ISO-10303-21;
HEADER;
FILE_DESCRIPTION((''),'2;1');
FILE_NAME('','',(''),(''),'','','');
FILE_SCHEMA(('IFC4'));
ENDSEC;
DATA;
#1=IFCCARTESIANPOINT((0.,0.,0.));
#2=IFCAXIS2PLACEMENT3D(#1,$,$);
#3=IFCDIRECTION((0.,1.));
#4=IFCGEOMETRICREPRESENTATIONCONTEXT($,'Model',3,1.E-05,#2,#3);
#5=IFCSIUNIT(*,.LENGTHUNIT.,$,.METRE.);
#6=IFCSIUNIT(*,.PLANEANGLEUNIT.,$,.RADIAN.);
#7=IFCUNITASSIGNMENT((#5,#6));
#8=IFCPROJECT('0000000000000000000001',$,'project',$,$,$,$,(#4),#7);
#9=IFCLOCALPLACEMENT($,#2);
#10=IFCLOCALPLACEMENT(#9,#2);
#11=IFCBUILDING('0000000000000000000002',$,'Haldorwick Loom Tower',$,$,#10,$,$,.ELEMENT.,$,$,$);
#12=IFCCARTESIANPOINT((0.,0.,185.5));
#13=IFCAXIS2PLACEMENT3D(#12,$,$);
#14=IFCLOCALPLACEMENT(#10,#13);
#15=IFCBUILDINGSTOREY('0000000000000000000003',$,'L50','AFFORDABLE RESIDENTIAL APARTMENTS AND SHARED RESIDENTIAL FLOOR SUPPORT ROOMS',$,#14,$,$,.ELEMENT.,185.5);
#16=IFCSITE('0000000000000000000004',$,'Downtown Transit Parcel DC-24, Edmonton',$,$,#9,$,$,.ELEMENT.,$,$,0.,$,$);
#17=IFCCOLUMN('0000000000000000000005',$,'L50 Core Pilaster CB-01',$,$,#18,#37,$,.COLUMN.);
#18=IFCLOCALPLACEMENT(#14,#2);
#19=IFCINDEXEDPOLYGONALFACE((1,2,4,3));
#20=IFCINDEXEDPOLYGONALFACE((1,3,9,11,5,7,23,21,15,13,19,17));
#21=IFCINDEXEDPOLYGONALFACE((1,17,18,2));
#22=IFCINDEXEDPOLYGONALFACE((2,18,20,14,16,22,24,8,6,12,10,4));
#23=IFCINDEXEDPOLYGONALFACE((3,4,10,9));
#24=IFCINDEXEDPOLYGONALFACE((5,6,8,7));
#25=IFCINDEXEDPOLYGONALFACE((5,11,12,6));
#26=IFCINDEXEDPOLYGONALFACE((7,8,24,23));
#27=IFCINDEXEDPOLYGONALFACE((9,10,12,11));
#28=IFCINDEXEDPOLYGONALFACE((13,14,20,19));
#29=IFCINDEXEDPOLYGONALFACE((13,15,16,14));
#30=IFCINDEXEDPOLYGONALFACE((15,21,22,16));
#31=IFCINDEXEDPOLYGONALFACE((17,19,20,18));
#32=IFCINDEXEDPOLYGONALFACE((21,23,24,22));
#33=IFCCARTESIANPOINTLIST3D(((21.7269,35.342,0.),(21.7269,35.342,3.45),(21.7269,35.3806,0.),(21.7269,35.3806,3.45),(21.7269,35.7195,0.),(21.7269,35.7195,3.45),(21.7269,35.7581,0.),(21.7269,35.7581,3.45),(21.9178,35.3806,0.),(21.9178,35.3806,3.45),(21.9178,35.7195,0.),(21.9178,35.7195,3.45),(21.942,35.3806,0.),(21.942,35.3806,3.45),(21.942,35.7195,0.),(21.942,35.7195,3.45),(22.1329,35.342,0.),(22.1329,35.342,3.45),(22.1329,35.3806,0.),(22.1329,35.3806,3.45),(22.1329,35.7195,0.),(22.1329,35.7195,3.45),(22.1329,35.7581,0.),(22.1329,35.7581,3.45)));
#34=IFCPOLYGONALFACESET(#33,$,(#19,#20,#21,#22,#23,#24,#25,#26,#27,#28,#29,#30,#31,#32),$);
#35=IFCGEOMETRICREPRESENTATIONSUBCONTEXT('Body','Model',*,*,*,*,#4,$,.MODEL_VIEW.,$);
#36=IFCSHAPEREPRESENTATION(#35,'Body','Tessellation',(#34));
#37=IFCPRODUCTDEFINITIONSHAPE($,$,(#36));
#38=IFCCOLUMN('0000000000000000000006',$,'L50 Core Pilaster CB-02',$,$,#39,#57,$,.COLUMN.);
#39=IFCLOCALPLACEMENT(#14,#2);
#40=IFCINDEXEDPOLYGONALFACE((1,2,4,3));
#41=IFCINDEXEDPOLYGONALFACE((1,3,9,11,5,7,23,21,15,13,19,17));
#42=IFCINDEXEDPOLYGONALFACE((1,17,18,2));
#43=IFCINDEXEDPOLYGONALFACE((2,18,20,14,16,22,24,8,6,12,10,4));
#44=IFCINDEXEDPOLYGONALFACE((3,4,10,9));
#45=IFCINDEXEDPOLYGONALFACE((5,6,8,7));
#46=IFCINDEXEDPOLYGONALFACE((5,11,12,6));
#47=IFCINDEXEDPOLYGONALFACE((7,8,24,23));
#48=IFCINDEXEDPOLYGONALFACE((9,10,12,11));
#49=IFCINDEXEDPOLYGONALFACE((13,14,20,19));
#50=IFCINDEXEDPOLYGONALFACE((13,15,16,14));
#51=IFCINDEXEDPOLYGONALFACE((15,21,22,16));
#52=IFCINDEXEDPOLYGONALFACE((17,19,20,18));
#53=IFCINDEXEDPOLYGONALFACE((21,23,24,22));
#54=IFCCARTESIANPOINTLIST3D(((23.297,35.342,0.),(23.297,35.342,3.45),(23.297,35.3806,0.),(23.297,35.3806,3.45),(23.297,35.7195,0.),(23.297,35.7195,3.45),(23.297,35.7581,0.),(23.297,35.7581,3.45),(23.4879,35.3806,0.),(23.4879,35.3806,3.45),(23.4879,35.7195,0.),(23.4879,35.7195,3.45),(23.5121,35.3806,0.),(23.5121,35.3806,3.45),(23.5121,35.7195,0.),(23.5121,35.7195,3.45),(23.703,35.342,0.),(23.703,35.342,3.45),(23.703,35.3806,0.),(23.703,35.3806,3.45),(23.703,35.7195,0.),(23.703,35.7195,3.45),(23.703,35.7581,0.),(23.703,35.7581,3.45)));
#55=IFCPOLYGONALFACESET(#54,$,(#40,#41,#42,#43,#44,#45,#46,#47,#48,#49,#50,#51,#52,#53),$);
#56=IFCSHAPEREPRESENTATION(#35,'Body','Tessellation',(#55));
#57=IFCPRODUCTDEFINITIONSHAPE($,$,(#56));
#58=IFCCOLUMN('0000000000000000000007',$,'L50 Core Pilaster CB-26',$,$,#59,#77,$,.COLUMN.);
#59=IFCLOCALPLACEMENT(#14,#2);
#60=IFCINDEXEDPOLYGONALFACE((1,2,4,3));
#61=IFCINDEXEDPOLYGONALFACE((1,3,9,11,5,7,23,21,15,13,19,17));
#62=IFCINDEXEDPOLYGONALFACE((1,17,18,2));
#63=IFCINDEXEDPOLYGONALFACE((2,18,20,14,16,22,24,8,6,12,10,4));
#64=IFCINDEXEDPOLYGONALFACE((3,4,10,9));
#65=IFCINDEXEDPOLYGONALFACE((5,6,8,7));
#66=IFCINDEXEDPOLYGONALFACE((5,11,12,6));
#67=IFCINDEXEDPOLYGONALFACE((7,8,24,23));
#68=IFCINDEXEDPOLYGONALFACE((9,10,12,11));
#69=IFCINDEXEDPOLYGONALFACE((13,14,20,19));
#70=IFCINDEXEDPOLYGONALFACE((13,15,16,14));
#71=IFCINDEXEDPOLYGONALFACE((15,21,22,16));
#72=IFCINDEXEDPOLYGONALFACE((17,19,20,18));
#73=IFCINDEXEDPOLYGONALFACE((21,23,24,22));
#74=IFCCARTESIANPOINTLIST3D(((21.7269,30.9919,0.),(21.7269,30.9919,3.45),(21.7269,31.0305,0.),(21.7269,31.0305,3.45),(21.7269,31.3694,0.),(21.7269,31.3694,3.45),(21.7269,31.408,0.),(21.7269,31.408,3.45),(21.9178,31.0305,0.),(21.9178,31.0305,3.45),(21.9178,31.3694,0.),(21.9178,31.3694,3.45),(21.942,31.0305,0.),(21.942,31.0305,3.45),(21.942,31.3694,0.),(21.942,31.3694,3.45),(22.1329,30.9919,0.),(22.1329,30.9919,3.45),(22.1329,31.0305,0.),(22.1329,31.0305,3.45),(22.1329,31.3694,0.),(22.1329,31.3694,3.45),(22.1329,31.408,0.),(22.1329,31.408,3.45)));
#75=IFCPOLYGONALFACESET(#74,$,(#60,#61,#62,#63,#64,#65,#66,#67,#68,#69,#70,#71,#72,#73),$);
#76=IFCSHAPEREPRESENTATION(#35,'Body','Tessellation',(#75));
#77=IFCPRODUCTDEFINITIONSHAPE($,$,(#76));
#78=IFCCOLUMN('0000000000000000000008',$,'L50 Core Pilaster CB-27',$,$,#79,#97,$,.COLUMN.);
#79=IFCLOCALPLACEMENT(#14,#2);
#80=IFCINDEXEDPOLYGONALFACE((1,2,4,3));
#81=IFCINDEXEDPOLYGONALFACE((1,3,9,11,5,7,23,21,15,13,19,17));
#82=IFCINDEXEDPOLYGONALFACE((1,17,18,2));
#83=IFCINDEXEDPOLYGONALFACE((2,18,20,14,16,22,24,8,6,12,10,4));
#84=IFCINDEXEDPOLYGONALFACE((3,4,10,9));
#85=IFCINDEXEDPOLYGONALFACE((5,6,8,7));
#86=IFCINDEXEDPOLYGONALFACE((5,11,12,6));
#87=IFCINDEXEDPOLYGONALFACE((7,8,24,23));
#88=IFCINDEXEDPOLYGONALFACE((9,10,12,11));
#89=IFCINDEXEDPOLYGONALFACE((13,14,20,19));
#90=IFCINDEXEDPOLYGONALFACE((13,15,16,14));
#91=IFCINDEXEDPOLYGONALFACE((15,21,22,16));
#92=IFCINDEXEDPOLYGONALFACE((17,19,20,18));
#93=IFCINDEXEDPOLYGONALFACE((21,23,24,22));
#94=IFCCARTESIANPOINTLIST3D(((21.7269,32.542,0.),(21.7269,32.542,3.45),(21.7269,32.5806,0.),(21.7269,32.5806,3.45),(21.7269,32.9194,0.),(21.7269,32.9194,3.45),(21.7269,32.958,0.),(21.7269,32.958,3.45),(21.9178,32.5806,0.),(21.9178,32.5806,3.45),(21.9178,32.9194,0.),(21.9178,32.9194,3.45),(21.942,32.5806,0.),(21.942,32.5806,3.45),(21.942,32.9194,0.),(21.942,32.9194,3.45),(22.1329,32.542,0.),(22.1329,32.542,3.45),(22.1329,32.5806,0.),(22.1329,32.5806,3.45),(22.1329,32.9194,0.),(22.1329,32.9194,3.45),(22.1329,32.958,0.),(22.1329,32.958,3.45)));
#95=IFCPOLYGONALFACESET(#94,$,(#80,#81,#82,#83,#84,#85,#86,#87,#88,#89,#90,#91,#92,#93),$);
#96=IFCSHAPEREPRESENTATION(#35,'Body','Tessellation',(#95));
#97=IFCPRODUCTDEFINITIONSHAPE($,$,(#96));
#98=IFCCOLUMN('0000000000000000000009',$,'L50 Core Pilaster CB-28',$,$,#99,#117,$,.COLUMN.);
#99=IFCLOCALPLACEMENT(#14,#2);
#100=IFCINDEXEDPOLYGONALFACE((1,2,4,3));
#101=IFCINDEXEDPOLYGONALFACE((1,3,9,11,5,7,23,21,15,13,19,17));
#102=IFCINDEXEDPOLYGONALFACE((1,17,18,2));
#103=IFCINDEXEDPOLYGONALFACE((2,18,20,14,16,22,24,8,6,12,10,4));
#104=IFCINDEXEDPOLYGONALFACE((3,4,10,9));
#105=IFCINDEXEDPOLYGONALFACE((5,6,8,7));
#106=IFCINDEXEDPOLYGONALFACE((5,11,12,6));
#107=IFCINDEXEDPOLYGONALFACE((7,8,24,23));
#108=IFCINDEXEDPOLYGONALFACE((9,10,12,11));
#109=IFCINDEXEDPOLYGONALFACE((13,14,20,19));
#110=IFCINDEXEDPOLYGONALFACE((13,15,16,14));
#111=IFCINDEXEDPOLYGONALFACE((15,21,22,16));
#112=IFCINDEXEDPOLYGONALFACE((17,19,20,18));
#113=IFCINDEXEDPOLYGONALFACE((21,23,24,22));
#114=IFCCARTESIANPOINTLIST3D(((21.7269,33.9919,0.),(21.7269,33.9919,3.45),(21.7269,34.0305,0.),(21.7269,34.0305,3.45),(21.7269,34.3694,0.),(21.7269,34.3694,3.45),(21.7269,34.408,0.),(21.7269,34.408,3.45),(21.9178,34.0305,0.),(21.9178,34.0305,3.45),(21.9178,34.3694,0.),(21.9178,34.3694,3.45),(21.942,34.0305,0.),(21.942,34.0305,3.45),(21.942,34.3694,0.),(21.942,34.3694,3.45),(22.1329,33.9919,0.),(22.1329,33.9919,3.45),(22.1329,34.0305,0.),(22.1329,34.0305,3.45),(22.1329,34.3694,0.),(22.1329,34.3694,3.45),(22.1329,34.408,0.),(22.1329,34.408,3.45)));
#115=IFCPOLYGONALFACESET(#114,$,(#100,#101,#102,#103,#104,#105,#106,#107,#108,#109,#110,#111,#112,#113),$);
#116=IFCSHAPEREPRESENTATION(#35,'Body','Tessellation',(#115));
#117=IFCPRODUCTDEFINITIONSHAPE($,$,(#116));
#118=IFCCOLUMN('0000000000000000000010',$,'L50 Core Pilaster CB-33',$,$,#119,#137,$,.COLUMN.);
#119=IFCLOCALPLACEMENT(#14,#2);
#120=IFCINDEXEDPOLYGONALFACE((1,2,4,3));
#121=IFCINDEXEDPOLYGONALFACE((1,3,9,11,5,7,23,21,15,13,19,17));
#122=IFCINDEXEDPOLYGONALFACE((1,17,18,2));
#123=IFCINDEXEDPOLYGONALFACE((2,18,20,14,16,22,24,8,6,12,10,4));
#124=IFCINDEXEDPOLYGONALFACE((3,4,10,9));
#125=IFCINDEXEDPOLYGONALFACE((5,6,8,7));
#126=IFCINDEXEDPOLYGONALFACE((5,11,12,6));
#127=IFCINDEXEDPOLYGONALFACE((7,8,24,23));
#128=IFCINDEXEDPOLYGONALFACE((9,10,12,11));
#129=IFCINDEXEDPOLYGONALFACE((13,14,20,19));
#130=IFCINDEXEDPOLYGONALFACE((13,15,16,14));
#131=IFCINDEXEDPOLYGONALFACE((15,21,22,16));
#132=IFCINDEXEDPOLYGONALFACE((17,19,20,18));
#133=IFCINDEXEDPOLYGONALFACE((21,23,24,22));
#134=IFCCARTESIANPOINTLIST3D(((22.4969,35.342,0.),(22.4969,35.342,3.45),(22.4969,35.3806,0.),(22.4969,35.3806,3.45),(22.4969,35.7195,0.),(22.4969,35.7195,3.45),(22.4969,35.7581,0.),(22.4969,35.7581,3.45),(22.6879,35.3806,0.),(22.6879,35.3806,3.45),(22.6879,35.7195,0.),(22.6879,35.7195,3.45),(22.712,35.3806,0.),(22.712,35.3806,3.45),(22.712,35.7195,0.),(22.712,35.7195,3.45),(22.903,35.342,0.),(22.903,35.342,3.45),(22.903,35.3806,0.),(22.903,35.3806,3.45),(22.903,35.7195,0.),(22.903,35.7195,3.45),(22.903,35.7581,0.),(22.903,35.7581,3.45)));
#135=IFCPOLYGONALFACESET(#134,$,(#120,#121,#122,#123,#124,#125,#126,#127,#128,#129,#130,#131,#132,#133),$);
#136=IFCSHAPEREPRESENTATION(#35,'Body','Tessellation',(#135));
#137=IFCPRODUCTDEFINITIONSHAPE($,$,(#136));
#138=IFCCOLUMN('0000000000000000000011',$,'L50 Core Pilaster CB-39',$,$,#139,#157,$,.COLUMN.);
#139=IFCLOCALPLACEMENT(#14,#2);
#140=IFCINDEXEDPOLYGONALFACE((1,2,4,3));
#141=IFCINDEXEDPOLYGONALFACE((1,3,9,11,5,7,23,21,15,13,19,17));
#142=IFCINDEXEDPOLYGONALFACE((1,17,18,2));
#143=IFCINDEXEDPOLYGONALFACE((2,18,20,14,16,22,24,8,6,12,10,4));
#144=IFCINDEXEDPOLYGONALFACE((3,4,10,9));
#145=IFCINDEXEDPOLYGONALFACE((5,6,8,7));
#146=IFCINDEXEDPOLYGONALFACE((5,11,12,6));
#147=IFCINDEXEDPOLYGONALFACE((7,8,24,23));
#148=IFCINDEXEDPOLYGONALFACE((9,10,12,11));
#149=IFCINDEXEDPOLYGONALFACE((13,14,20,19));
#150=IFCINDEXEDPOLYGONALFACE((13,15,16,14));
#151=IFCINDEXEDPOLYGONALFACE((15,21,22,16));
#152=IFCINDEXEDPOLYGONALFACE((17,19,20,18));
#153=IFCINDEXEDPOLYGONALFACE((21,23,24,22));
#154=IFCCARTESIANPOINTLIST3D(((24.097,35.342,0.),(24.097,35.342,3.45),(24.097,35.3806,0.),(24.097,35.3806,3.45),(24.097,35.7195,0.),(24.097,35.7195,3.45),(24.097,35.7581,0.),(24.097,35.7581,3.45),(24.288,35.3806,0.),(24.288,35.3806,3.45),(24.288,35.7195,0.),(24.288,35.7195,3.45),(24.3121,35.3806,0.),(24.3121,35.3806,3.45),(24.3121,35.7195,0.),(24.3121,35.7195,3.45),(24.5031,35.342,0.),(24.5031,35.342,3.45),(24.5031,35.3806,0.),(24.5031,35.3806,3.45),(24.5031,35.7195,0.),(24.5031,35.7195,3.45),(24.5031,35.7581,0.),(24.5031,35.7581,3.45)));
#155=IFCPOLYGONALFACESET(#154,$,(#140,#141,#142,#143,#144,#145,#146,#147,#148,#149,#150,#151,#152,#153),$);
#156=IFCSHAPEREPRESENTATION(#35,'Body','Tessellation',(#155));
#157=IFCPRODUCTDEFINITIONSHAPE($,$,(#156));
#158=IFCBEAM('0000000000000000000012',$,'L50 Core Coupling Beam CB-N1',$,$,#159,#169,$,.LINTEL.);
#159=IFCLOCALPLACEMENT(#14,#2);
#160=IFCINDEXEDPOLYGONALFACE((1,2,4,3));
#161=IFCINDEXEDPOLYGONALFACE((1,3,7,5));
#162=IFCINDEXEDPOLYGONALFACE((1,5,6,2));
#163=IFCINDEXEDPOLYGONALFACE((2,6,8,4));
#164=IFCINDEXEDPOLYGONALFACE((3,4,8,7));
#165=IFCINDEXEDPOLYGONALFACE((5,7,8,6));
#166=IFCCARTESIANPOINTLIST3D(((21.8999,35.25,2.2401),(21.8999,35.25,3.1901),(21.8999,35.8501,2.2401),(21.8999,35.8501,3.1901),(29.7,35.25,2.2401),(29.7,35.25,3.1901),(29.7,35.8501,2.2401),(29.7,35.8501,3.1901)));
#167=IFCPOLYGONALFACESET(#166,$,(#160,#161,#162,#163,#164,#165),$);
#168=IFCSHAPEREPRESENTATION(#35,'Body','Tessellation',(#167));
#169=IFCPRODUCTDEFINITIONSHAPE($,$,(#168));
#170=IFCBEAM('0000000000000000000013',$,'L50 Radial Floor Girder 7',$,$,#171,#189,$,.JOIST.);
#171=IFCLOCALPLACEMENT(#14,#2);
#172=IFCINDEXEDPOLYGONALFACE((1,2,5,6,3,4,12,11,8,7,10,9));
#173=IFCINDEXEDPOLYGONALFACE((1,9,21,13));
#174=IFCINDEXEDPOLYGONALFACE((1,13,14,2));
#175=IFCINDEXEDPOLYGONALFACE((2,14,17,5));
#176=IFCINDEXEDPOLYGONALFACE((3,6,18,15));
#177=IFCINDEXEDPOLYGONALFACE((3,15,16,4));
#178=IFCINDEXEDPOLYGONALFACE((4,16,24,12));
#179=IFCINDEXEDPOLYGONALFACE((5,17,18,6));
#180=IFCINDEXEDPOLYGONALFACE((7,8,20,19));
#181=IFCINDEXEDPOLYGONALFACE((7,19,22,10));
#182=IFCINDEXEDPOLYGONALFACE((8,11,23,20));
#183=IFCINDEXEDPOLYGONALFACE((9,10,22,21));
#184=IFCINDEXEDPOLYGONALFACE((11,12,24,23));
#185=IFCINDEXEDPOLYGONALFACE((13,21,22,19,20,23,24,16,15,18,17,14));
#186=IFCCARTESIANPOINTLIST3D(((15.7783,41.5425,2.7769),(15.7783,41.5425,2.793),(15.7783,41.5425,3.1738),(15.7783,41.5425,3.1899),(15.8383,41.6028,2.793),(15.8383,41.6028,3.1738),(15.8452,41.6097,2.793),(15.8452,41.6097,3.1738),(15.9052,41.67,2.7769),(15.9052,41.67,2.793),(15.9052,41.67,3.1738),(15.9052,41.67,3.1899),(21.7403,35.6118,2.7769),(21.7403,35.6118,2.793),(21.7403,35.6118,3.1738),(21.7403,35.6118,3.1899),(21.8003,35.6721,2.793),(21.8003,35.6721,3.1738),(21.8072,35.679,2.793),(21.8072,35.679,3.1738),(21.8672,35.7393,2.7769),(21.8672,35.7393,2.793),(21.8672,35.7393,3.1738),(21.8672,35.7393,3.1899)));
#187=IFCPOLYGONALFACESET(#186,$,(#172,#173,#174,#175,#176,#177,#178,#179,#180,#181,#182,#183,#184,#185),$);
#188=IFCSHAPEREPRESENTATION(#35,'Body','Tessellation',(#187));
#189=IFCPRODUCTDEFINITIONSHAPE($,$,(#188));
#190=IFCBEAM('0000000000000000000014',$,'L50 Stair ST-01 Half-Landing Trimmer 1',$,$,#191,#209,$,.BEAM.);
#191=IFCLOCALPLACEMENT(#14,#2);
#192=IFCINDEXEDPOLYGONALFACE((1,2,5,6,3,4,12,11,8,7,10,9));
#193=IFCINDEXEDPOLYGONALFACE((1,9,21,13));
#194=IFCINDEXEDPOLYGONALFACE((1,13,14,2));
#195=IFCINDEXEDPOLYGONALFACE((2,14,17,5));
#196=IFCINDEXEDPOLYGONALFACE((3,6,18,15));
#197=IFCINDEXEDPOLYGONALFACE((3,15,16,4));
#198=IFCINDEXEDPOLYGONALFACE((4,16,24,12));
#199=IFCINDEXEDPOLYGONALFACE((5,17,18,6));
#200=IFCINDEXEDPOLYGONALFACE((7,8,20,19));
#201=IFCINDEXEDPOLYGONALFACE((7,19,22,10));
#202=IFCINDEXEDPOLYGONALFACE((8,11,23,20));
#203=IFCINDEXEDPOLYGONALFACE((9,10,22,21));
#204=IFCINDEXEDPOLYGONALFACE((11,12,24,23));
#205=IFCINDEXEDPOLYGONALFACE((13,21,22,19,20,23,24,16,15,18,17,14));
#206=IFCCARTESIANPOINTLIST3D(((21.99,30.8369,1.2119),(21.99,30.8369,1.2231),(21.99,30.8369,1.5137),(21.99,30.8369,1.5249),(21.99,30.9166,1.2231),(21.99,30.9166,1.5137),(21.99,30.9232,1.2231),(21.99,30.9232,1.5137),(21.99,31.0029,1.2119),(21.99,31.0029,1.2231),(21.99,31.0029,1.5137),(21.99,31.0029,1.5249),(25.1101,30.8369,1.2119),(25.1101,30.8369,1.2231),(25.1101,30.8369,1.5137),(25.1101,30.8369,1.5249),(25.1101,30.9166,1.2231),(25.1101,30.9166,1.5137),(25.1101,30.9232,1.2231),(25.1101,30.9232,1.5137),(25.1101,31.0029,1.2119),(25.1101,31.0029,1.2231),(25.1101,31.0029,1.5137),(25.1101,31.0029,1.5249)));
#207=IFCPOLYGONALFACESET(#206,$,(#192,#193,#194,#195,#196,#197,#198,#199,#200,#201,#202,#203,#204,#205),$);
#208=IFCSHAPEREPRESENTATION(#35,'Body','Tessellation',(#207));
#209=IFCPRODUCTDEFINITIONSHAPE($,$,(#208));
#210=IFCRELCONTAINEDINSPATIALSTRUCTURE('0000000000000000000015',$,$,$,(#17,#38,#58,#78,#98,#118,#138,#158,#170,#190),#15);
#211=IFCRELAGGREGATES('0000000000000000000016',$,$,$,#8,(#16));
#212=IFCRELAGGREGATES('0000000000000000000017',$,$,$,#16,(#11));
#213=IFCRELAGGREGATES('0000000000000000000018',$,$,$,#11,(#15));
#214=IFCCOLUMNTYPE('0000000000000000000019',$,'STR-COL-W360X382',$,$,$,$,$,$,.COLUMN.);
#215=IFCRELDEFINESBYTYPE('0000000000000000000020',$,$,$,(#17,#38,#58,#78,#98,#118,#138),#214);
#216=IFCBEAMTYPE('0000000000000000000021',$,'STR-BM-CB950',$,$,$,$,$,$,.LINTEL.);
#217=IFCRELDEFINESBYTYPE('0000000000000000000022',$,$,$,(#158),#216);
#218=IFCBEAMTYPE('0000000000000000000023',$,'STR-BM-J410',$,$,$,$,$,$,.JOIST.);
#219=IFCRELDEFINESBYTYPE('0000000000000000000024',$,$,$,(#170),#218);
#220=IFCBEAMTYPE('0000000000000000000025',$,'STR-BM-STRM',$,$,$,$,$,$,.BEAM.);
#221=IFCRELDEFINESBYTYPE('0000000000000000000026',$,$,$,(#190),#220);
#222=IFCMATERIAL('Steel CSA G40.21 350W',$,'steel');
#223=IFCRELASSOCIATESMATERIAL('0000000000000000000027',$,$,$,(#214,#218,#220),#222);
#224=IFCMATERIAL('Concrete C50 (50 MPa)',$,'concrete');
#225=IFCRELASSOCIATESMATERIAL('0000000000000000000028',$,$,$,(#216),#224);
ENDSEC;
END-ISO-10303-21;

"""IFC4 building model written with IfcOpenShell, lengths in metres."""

from ifc_helpers import new_model, si_unit, direction, frame, origin, origin_2d, place, context, subcontext, project, spatial, rectangle, i_section, extrude, material, material_profile, profile_set, type_object, element, save


model = new_model("IFC4")

# Units and contexts
model_context = context("Model", 3, precision=1e-05, world=origin(), true_north=direction((0.0, 1.0)))
body_context = subcontext(model_context, "Body", "Model", "MODEL_VIEW")
ifc_project = project(units=[si_unit("LENGTHUNIT", "METRE"), si_unit("PLANEANGLEUNIT", "RADIAN")], contexts=[model_context])

# Site, building, storey
site_placement = place(None, origin())
site = spatial("IfcSite", under=ifc_project, at=site_placement, Name="Downtown Transit Parcel DC-24, Edmonton", CompositionType="ELEMENT", RefElevation=0.0)
building_placement = place(site_placement, origin())
building = spatial("IfcBuilding", under=site, at=building_placement, Name="Haldorwick Loom Tower", CompositionType="ELEMENT")
storey_placement = place(building_placement, frame((0.0, 0.0, 185.5)))
storey = spatial("IfcBuildingStorey", under=building, at=storey_placement, Name="L50", Description="AFFORDABLE RESIDENTIAL APARTMENTS AND SHARED RESIDENTIAL FLOOR SUPPORT ROOMS", CompositionType="ELEMENT", Elevation=185.5)

# Columns
ifc_material_1 = material(Name="Steel CSA G40.21 350W", Category="steel")
ifc_material_profile_1 = material_profile(ifc_material_1, i_section(OverallWidth=0.406, OverallDepth=0.416, WebThickness=0.0242, FlangeThickness=0.0386, at=origin_2d()), Name="W360X382", Category="steel")
ifc_profile_set_1 = profile_set([ifc_material_profile_1], Name="Steel CSA G40.21 350W")
column_type = type_object("IfcColumnType", Name="STR-COL-W360X382", PredefinedType="COLUMN", material=ifc_profile_set_1)
for number, where, z_axis, x_axis, name in (
    (1, (21.9299, 35.55, 0.0), (0.0, 0.0, 1.0), (1.0, 0.0, 0.0), "L50 Core Pilaster CB-01"),
    (2, (23.5, 35.55, 0.0), (0.0, 0.0, 1.0), (1.0, 0.0, 0.0), "L50 Core Pilaster CB-02"),
    (3, (21.9299, 31.2, 0.0), (0.0, 0.0, 1.0), (1.0, 0.0, 0.0), "L50 Core Pilaster CB-26"),
    (4, (21.9299, 32.75, 0.0), (0.0, 0.0, 1.0), (1.0, 0.0, 0.0), "L50 Core Pilaster CB-27"),
    (5, (21.9299, 34.2, 0.0), (0.0, 0.0, 1.0), (1.0, 0.0, 0.0), "L50 Core Pilaster CB-28"),
    (6, (22.7, 35.55, 0.0), (0.0, 0.0, 1.0), (1.0, 0.0, 0.0), "L50 Core Pilaster CB-33"),
    (7, (24.3, 35.55, 0.0), (0.0, 0.0, 1.0), (1.0, 0.0, 0.0), "L50 Core Pilaster CB-39"),
):
    element("IfcColumn", number, at=place(storey_placement, frame(where, z_axis=z_axis, x_axis=x_axis)), inside=storey, type_object=column_type, Name=name, PredefinedType="COLUMN", context=body_context, shape_type="SweptSolid", body=[
        extrude(i_section(OverallWidth=0.406, OverallDepth=0.416, WebThickness=0.0242, FlangeThickness=0.0386, at=origin_2d()), origin(), (0.0, 0.0, 1.0), 3.45),
    ])

# Beams
ifc_material_2 = material(Name="Concrete C50 (50 MPa)", Category="concrete")
ifc_material_profile_2 = material_profile(ifc_material_2, rectangle(XDim=0.6001, YDim=0.95, at=origin_2d()), Name="RC600X950", Category="concrete")
ifc_profile_set_2 = profile_set([ifc_material_profile_2], Name="Concrete C50 (50 MPa)")
beam_type_1 = type_object("IfcBeamType", Name="STR-BM-CB950", PredefinedType="LINTEL", material=ifc_profile_set_2)
beam_1_placement = place(storey_placement, frame((21.8999, 35.55, 2.7151), z_axis=(1.0, 0.0, 0.0), x_axis=(0.0, 1.0, 0.0)))
element("IfcBeam", 8, at=beam_1_placement, inside=storey, type_object=beam_type_1, Name="L50 Core Coupling Beam CB-N1", PredefinedType="LINTEL", context=body_context, shape_type="SweptSolid", body=[
    extrude(rectangle(XDim=0.6001, YDim=0.95, at=origin_2d()), origin(), (0.0, 0.0, 1.0), 7.8),
])
ifc_material_profile_3 = material_profile(ifc_material_1, i_section(OverallWidth=0.1799, OverallDepth=0.4131, WebThickness=0.0098, FlangeThickness=0.0161, at=origin_2d()), Name="W410X74", Category="steel")
ifc_profile_set_3 = profile_set([ifc_material_profile_3], Name="Steel CSA G40.21 350W")
beam_type_2 = type_object("IfcBeamType", Name="STR-BM-J410", PredefinedType="JOIST", material=ifc_profile_set_3)
beam_2_placement = place(storey_placement, frame((21.8037, 35.6755, 2.9834), z_axis=(-0.708962, 0.705246, 0.0), x_axis=(-0.705246, -0.708962, 0.0)))
element("IfcBeam", 9, at=beam_2_placement, inside=storey, type_object=beam_type_2, Name="L50 Radial Floor Girder 7", PredefinedType="JOIST", context=body_context, shape_type="SweptSolid", body=[
    extrude(i_section(OverallWidth=0.1799, OverallDepth=0.4131, WebThickness=0.0098, FlangeThickness=0.0161, at=origin_2d()), origin(), (0.0, 0.0, 1.0), 8.4094),
])
ifc_material_profile_4 = material_profile(ifc_material_1, i_section(OverallWidth=0.166, OverallDepth=0.313, WebThickness=0.0066, FlangeThickness=0.0112, at=origin_2d()), Name="W310X45", Category="steel")
ifc_profile_set_4 = profile_set([ifc_material_profile_4], Name="Steel CSA G40.21 350W")
beam_type_3 = type_object("IfcBeamType", Name="STR-BM-STRM", PredefinedType="BEAM", material=ifc_profile_set_4)
beam_3_placement = place(storey_placement, frame((21.99, 30.9199, 1.3684), z_axis=(1.0, 0.0, 0.0), x_axis=(0.0, 1.0, 0.0)))
element("IfcBeam", 10, at=beam_3_placement, inside=storey, type_object=beam_type_3, Name="L50 Stair ST-01 Half-Landing Trimmer 1", PredefinedType="BEAM", context=body_context, shape_type="SweptSolid", body=[
    extrude(i_section(OverallWidth=0.166, OverallDepth=0.313, WebThickness=0.0066, FlangeThickness=0.0112, at=origin_2d()), origin(), (0.0, 0.0, 1.0), 3.1201),
])

save(model, "model.ifc")
